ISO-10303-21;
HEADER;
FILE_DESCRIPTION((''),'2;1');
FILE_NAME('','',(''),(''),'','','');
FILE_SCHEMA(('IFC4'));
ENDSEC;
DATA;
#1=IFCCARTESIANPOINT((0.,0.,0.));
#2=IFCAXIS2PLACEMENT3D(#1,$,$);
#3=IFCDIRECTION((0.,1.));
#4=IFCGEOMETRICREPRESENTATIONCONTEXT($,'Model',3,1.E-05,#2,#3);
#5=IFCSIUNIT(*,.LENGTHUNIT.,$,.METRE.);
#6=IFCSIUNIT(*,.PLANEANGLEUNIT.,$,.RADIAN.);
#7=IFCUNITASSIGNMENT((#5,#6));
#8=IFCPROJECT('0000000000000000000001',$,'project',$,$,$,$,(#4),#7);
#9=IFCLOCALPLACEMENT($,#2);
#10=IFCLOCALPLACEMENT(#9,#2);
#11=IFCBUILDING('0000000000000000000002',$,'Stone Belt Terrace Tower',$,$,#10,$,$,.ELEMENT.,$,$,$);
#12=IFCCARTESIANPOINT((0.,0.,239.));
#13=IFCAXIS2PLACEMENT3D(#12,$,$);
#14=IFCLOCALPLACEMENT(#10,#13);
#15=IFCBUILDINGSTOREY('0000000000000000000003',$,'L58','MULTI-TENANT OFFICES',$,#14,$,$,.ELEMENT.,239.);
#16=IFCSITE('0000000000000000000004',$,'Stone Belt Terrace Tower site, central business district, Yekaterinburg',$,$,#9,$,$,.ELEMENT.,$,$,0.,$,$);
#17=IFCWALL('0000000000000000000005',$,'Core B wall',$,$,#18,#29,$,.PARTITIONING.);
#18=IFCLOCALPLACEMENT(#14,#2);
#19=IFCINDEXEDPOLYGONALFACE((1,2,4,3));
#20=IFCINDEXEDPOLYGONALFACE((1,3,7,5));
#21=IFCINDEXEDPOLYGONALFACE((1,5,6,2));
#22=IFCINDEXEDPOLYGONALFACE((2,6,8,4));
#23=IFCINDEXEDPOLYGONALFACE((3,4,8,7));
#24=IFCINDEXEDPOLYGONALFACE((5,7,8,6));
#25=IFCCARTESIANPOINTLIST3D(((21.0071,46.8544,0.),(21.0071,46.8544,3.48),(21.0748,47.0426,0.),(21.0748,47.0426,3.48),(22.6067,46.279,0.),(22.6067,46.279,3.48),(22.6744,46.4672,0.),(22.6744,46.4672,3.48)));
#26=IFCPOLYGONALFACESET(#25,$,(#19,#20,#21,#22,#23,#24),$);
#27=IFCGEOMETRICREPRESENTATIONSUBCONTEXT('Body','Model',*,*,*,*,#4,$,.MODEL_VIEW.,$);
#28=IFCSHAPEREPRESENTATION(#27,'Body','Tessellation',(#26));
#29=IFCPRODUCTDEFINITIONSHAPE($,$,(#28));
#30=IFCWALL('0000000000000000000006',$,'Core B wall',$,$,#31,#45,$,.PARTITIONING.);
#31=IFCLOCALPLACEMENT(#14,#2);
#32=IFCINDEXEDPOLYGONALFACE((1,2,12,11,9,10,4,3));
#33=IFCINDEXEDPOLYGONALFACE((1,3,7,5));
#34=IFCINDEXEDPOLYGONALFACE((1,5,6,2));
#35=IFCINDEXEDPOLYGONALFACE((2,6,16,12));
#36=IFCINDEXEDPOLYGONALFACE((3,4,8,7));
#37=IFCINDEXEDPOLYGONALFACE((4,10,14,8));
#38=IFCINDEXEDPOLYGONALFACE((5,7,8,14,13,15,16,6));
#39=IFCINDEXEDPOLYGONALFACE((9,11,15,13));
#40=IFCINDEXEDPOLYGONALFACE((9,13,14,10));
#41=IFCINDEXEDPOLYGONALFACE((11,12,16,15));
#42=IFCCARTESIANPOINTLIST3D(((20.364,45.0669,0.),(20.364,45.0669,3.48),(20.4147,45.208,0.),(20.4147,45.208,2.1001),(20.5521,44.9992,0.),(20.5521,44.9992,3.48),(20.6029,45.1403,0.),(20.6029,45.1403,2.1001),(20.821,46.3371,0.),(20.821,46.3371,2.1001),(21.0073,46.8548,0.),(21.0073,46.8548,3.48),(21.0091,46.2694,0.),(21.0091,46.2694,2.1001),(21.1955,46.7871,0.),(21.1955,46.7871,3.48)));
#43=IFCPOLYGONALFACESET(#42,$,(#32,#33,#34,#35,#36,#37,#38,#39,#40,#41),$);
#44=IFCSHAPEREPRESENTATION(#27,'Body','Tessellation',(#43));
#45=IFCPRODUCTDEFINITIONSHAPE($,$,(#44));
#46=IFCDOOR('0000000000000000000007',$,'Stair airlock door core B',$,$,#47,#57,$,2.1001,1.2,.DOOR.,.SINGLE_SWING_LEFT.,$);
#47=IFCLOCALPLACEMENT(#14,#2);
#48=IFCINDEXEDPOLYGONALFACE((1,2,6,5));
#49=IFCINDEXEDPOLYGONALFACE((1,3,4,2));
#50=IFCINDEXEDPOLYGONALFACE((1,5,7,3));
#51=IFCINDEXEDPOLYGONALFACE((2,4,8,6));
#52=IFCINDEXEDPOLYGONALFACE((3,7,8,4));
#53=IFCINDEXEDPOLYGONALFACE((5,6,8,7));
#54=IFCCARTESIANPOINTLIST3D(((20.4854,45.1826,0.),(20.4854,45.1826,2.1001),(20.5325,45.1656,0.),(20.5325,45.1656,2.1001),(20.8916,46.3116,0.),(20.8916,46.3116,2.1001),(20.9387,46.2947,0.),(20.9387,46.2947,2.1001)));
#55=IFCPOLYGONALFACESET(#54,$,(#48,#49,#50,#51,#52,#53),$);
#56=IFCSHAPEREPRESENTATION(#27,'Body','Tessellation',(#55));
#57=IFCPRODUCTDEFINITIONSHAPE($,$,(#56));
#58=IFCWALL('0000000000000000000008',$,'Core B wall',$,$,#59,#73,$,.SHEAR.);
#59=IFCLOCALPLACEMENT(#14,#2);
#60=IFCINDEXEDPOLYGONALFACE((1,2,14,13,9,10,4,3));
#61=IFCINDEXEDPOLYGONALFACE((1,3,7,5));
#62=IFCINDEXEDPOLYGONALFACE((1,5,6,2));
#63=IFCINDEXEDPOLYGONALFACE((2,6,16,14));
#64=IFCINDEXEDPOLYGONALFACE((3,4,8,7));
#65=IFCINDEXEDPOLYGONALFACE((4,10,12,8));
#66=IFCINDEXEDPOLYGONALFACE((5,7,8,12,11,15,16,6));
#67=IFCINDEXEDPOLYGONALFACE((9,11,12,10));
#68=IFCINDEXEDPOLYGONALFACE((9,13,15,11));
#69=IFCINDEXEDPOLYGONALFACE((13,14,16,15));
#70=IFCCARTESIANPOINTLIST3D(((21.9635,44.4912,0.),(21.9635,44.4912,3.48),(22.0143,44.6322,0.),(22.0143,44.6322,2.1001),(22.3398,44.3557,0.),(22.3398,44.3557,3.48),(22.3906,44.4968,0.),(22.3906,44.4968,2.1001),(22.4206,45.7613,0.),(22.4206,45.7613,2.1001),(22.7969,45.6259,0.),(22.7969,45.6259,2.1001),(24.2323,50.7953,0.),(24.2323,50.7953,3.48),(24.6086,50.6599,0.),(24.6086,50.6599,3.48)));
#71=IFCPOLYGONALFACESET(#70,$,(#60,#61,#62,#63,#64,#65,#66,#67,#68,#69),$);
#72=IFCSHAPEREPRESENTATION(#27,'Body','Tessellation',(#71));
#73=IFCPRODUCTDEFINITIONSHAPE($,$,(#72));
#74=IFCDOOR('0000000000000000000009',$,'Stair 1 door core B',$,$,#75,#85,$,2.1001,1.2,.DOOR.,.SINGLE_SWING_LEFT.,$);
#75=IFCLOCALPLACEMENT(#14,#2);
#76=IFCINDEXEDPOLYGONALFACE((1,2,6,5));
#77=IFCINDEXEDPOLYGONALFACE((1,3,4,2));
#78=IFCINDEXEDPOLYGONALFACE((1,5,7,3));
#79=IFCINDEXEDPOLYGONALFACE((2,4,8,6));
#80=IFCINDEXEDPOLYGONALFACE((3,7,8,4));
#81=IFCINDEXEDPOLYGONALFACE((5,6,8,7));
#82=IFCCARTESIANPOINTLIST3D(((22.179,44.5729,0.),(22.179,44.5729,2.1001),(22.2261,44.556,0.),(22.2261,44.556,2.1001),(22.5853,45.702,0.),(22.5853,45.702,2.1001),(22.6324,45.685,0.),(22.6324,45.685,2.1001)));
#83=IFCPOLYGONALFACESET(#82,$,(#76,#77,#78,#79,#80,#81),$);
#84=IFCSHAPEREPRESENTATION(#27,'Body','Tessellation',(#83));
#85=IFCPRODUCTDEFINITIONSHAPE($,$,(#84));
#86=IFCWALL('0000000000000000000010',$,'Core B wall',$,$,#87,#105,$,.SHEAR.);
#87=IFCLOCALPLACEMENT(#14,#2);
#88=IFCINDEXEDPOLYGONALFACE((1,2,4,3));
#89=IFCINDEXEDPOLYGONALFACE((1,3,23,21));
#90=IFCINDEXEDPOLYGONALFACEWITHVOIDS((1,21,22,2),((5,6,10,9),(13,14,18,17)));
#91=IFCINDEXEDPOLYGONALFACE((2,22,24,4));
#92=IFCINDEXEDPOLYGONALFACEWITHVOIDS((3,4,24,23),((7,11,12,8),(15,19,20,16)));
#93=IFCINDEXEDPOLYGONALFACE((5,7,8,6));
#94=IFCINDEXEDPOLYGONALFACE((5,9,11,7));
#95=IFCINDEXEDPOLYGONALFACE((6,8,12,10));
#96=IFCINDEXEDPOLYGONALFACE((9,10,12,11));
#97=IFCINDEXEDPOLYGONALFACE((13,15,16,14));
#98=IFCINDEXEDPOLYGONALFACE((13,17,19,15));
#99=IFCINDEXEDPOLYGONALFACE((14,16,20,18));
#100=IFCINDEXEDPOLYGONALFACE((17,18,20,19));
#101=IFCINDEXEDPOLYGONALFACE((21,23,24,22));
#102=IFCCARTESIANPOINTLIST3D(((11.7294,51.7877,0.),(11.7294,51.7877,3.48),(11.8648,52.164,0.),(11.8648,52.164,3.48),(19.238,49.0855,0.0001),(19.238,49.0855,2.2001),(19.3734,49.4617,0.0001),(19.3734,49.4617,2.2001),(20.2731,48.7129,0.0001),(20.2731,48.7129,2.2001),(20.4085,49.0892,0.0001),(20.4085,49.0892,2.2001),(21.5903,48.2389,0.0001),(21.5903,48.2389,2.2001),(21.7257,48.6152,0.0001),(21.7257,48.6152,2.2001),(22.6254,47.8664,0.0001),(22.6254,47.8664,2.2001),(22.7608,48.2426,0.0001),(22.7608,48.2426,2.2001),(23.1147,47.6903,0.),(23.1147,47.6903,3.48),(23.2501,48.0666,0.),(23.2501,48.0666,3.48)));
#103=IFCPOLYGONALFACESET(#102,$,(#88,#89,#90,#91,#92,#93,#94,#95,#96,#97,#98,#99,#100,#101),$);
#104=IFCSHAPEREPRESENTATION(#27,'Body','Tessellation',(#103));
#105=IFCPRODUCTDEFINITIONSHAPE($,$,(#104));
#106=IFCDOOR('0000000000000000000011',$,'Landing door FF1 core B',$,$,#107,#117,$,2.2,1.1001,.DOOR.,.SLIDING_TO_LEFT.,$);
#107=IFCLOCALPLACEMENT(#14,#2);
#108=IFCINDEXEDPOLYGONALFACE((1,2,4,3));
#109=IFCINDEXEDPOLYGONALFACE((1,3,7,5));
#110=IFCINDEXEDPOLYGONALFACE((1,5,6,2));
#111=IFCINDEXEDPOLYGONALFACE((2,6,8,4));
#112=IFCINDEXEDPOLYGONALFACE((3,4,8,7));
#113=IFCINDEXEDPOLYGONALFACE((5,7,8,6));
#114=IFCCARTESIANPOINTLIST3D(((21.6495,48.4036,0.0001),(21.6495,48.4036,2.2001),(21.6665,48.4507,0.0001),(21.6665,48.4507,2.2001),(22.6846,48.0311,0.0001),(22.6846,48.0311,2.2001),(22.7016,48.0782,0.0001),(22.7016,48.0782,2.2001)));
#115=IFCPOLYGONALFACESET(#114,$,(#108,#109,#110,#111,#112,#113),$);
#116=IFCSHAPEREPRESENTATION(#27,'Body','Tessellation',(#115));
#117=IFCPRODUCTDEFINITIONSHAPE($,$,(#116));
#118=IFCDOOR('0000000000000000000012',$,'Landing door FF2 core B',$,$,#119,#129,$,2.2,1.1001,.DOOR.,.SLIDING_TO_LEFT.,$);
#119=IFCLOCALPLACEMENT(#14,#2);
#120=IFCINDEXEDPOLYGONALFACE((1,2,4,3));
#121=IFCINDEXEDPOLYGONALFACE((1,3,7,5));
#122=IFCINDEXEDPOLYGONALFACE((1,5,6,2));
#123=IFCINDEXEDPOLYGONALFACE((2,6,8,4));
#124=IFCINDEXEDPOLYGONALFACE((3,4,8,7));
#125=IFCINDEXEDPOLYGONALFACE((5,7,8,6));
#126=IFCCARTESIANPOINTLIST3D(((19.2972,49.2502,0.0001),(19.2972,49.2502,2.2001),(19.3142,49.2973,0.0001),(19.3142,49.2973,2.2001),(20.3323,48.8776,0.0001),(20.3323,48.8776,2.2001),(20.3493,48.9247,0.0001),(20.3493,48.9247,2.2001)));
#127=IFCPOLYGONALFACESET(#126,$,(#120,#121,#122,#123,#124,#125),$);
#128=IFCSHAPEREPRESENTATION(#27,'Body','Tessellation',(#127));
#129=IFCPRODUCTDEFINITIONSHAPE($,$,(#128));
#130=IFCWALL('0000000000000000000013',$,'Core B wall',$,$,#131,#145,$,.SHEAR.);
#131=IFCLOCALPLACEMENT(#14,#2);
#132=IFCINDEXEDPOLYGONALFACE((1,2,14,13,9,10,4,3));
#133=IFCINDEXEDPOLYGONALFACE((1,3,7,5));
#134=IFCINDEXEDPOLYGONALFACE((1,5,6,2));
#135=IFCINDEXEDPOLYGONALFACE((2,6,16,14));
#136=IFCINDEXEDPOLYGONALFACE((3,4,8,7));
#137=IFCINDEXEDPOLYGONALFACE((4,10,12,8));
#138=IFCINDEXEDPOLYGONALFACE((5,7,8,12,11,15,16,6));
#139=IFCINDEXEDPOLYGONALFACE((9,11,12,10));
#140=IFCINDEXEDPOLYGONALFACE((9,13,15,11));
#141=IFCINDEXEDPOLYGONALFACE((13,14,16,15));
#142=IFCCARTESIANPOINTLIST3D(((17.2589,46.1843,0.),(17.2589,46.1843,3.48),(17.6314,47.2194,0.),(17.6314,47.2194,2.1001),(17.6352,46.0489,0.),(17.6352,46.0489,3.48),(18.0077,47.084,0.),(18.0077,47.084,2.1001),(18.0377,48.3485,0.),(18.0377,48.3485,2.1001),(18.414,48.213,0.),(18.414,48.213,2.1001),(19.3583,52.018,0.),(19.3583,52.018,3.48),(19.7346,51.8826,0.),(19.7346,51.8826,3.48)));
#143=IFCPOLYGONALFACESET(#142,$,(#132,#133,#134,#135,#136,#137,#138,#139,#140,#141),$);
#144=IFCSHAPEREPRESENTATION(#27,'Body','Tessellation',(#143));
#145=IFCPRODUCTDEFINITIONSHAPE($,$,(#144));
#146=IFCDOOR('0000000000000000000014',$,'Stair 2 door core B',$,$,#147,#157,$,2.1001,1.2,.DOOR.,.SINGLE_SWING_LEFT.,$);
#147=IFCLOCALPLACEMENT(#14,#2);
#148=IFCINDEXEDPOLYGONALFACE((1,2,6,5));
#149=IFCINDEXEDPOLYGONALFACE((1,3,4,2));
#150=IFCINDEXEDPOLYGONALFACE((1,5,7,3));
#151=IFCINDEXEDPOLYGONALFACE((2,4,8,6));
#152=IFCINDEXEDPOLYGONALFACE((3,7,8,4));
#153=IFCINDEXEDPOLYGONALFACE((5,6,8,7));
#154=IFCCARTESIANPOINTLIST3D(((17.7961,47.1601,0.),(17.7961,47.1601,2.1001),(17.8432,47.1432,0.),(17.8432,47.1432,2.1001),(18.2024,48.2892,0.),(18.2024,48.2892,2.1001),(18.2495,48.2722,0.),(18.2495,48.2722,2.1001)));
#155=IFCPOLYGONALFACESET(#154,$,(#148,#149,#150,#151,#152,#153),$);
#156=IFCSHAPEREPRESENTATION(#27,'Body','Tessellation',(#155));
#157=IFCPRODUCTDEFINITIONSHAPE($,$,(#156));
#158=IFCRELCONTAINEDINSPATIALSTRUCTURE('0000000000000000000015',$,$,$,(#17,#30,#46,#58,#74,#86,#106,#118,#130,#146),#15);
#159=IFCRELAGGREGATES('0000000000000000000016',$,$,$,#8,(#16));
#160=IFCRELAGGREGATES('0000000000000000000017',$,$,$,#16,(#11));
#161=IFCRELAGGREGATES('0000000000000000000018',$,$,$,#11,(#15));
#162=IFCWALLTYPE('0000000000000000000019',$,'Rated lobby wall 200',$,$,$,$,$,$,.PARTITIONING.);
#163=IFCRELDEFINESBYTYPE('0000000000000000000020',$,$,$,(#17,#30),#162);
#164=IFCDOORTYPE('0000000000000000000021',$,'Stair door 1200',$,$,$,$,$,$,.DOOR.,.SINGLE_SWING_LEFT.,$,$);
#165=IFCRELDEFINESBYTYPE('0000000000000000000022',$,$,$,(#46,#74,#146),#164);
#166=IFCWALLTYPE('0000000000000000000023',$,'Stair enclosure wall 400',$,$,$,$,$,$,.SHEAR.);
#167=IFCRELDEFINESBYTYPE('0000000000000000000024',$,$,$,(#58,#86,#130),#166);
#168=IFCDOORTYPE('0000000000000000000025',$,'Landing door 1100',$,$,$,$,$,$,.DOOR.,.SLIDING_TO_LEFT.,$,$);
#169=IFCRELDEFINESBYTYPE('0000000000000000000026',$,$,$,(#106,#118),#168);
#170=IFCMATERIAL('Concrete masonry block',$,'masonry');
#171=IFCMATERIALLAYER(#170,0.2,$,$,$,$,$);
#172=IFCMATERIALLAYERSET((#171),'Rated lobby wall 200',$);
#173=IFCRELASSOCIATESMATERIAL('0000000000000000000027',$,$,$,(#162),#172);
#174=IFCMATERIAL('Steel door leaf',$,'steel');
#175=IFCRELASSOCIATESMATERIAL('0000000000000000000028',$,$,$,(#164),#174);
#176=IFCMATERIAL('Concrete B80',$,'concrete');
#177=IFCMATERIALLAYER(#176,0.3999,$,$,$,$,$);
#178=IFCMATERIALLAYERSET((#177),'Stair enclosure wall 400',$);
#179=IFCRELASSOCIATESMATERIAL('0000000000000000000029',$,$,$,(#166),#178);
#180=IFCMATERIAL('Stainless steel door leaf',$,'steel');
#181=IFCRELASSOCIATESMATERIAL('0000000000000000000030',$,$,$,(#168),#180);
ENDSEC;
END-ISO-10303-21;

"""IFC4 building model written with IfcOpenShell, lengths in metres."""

from ifc_helpers import new_model, si_unit, direction, frame, frame_2d, origin, place, context, subcontext, project, spatial, rectangle, extrude, material, layer, layer_set, type_object, element, fill, save


model = new_model("IFC4")

# Units and contexts
model_context = context("Model", 3, precision=1e-05, world=origin(), true_north=direction((0.0, 1.0)))
body_context = subcontext(model_context, "Body", "Model", "MODEL_VIEW")
ifc_project = project(units=[si_unit("LENGTHUNIT", "METRE"), si_unit("PLANEANGLEUNIT", "RADIAN")], contexts=[model_context])

# Site, building, storey
site_placement = place(None, origin())
site = spatial("IfcSite", under=ifc_project, at=site_placement, Name="Stone Belt Terrace Tower site, central business district, Yekaterinburg", CompositionType="ELEMENT", RefElevation=0.0)
building_placement = place(site_placement, origin())
building = spatial("IfcBuilding", under=site, at=building_placement, Name="Stone Belt Terrace Tower", CompositionType="ELEMENT")
storey_placement = place(building_placement, frame((0.0, 0.0, 239.0)))
storey = spatial("IfcBuildingStorey", under=building, at=storey_placement, Name="L58", Description="MULTI-TENANT OFFICES", CompositionType="ELEMENT", Elevation=239.0)

# Shared definitions
ifc_material_1 = material(Name="Concrete B80", Category="concrete")

# Wall
ifc_material_2 = material(Name="Concrete masonry block", Category="masonry")
ifc_layer_1 = layer(ifc_material_2, 0.2)
ifc_layer_set_1 = layer_set([ifc_layer_1], Name="Rated lobby wall 200")
wall_type_1 = type_object("IfcWallType", Name="Rated lobby wall 200", PredefinedType="PARTITIONING", material=ifc_layer_set_1)
wall_1_placement = place(storey_placement, frame((22.6406, 46.373, 0.0), z_axis=(0.0, 0.0, 1.0), x_axis=(-0.940966, 0.338501, 0.0)))
element("IfcWall", 1, at=wall_1_placement, inside=storey, type_object=wall_type_1, Name="Core B wall", PredefinedType="PARTITIONING", context=body_context, shape_type="SweptSolid", body=[
    extrude(rectangle(XDim=1.7, YDim=0.2, at=frame_2d((0.8501, 0.0))), origin(), (0.0, 0.0, 1.0), 3.48),
])

# Walls, openings, doors
wall_2_placement = place(storey_placement, frame((20.458, 45.033, 0.0), z_axis=(0.0, 0.0, 1.0), x_axis=(0.338574, 0.94094, 0.0)))
wall_2 = element("IfcWall", 2, at=wall_2_placement, inside=storey, type_object=wall_type_1, Name="Core B wall", PredefinedType="PARTITIONING", context=body_context, shape_type="SweptSolid", body=[
    extrude(rectangle(XDim=1.9001, YDim=0.2, at=frame_2d((0.9502, 0.0))), origin(), (0.0, 0.0, 1.0), 3.48),
])
opening_1_placement = place(wall_2_placement, frame((0.1499, 0.0, 0.0)))
opening_1 = element("IfcOpeningElement", 3, at=opening_1_placement, cuts=wall_2, PredefinedType="OPENING", context=body_context, shape_type="SweptSolid", body=[
    extrude(rectangle(XDim=1.2, YDim=2.1001, at=frame_2d((0.6001, 1.05))), frame((0.0, 0.1099, 0.0), z_axis=(0.0, -1.0, 0.0), x_axis=(1.0, 0.0, 0.0)), (0.0, 0.0, 1.0), 0.22),
])
ifc_material_3 = material(Name="Steel door leaf", Category="steel")
door_type_1 = type_object("IfcDoorType", Name="Stair door 1200", OperationType="SINGLE_SWING_LEFT", PredefinedType="DOOR", material=ifc_material_3)
door_1_placement = place(opening_1_placement, origin())
door_1 = element("IfcDoor", 4, at=door_1_placement, inside=storey, type_object=door_type_1, Name="Stair airlock door core B", OperationType="SINGLE_SWING_LEFT", OverallHeight=2.1001, OverallWidth=1.2, PredefinedType="DOOR", context=body_context, shape_type="SweptSolid", body=[
    extrude(rectangle(XDim=1.2, YDim=2.1001, at=frame_2d((0.6001, 1.05))), frame((0.0, 0.0249, 0.0), z_axis=(0.0, -1.0, 0.0), x_axis=(1.0, 0.0, 0.0)), (0.0, 0.0, 1.0), 0.05),
])
fill(opening_1, door_1)
ifc_layer_2 = layer(ifc_material_1, 0.3999)
ifc_layer_set_2 = layer_set([ifc_layer_2], Name="Stair enclosure wall 400")
wall_type_2 = type_object("IfcWallType", Name="Stair enclosure wall 400", PredefinedType="SHEAR", material=ifc_layer_set_2)
wall_3_placement = place(storey_placement, frame((22.1516, 44.4233, 0.0), z_axis=(0.0, 0.0, 1.0), x_axis=(0.338625, 0.940921, 0.0)))
wall_3 = element("IfcWall", 5, at=wall_3_placement, inside=storey, type_object=wall_type_2, Name="Core B wall", PredefinedType="SHEAR", context=body_context, shape_type="SweptSolid", body=[
    extrude(rectangle(XDim=6.7, YDim=0.3999, at=frame_2d((3.3501, 0.0))), origin(), (0.0, 0.0, 1.0), 3.48),
])
opening_2_placement = place(wall_3_placement, frame((0.1499, 0.0, 0.0)))
opening_2 = element("IfcOpeningElement", 6, at=opening_2_placement, cuts=wall_3, PredefinedType="OPENING", context=body_context, shape_type="SweptSolid", body=[
    extrude(rectangle(XDim=1.2, YDim=2.1001, at=frame_2d((0.6001, 1.05))), frame((0.0, 0.21, 0.0), z_axis=(0.0, -1.0, 0.0), x_axis=(1.0, 0.0, 0.0)), (0.0, 0.0, 1.0), 0.4199),
])
door_2_placement = place(opening_2_placement, origin())
door_2 = element("IfcDoor", 7, at=door_2_placement, inside=storey, type_object=door_type_1, Name="Stair 1 door core B", OperationType="SINGLE_SWING_LEFT", OverallHeight=2.1001, OverallWidth=1.2, PredefinedType="DOOR", context=body_context, shape_type="SweptSolid", body=[
    extrude(rectangle(XDim=1.2, YDim=2.1001, at=frame_2d((0.6001, 1.05))), frame((0.0, 0.0249, 0.0), z_axis=(0.0, -1.0, 0.0), x_axis=(1.0, 0.0, 0.0)), (0.0, 0.0, 1.0), 0.05),
])
fill(opening_2, door_2)

# Wall, openings, doors
wall_4_placement = place(storey_placement, frame((23.1824, 47.8784, 0.0), z_axis=(0.0, 0.0, 1.0), x_axis=(-0.940921, 0.338626, 0.0)))
wall_4 = element("IfcWall", 8, at=wall_4_placement, inside=storey, type_object=wall_type_2, Name="Core B wall", PredefinedType="SHEAR", context=body_context, shape_type="SweptSolid", body=[
    extrude(rectangle(XDim=12.1001, YDim=0.3999, at=frame_2d((6.05, 0.0))), origin(), (0.0, 0.0, 1.0), 3.48),
])
opening_3_placement = place(wall_4_placement, frame((0.52, 0.0, 0.0)))
opening_3 = element("IfcOpeningElement", 9, at=opening_3_placement, cuts=wall_4, PredefinedType="OPENING", context=body_context, shape_type="SweptSolid", body=[
    extrude(rectangle(XDim=1.1001, YDim=2.2, at=frame_2d((0.55, 1.1001))), frame((0.0, 0.21, 0.0), z_axis=(0.0, -1.0, 0.0), x_axis=(1.0, 0.0, 0.0)), (0.0, 0.0, 1.0), 0.4199),
])
opening_4_placement = place(wall_4_placement, frame((3.02, 0.0, 0.0)))
opening_4 = element("IfcOpeningElement", 10, at=opening_4_placement, cuts=wall_4, PredefinedType="OPENING", context=body_context, shape_type="SweptSolid", body=[
    extrude(rectangle(XDim=1.1001, YDim=2.2, at=frame_2d((0.55, 1.1001))), frame((0.0, 0.21, 0.0), z_axis=(0.0, -1.0, 0.0), x_axis=(1.0, 0.0, 0.0)), (0.0, 0.0, 1.0), 0.4199),
])
ifc_material_4 = material(Name="Stainless steel door leaf", Category="steel")
door_type_2 = type_object("IfcDoorType", Name="Landing door 1100", OperationType="SLIDING_TO_LEFT", PredefinedType="DOOR", material=ifc_material_4)
door_3_placement = place(opening_3_placement, origin())
door_3 = element("IfcDoor", 11, at=door_3_placement, inside=storey, type_object=door_type_2, Name="Landing door FF1 core B", OperationType="SLIDING_TO_LEFT", OverallHeight=2.2, OverallWidth=1.1001, PredefinedType="DOOR", context=body_context, shape_type="SweptSolid", body=[
    extrude(rectangle(XDim=1.1001, YDim=2.2, at=frame_2d((0.55, 1.1001))), frame((0.0, 0.0249, 0.0), z_axis=(0.0, -1.0, 0.0), x_axis=(1.0, 0.0, 0.0)), (0.0, 0.0, 1.0), 0.05),
])
fill(opening_3, door_3)
door_4_placement = place(opening_4_placement, origin())
door_4 = element("IfcDoor", 12, at=door_4_placement, inside=storey, type_object=door_type_2, Name="Landing door FF2 core B", OperationType="SLIDING_TO_LEFT", OverallHeight=2.2, OverallWidth=1.1001, PredefinedType="DOOR", context=body_context, shape_type="SweptSolid", body=[
    extrude(rectangle(XDim=1.1001, YDim=2.2, at=frame_2d((0.55, 1.1001))), frame((0.0, 0.0249, 0.0), z_axis=(0.0, -1.0, 0.0), x_axis=(1.0, 0.0, 0.0)), (0.0, 0.0, 1.0), 0.05),
])
fill(opening_4, door_4)

# Wall, opening, door
wall_5_placement = place(storey_placement, frame((17.447, 46.1165, 0.0), z_axis=(0.0, 0.0, 1.0), x_axis=(0.338608, 0.940928, 0.0)))
wall_5 = element("IfcWall", 13, at=wall_5_placement, inside=storey, type_object=wall_type_2, Name="Core B wall", PredefinedType="SHEAR", context=body_context, shape_type="SweptSolid", body=[
    extrude(rectangle(XDim=6.2, YDim=0.3999, at=frame_2d((3.1001, 0.0))), origin(), (0.0, 0.0, 1.0), 3.48),
])
opening_5_placement = place(wall_5_placement, frame((1.1001, 0.0, 0.0)))
opening_5 = element("IfcOpeningElement", 14, at=opening_5_placement, cuts=wall_5, PredefinedType="OPENING", context=body_context, shape_type="SweptSolid", body=[
    extrude(rectangle(XDim=1.2, YDim=2.1001, at=frame_2d((0.6001, 1.05))), frame((0.0, 0.21, 0.0), z_axis=(0.0, -1.0, 0.0), x_axis=(1.0, 0.0, 0.0)), (0.0, 0.0, 1.0), 0.4199),
])
door_5_placement = place(opening_5_placement, origin())
door_5 = element("IfcDoor", 15, at=door_5_placement, inside=storey, type_object=door_type_1, Name="Stair 2 door core B", OperationType="SINGLE_SWING_LEFT", OverallHeight=2.1001, OverallWidth=1.2, PredefinedType="DOOR", context=body_context, shape_type="SweptSolid", body=[
    extrude(rectangle(XDim=1.2, YDim=2.1001, at=frame_2d((0.6001, 1.05))), frame((0.0, 0.0249, 0.0), z_axis=(0.0, -1.0, 0.0), x_axis=(1.0, 0.0, 0.0)), (0.0, 0.0, 1.0), 0.05),
])
fill(opening_5, door_5)

save(model, "model.ifc")
